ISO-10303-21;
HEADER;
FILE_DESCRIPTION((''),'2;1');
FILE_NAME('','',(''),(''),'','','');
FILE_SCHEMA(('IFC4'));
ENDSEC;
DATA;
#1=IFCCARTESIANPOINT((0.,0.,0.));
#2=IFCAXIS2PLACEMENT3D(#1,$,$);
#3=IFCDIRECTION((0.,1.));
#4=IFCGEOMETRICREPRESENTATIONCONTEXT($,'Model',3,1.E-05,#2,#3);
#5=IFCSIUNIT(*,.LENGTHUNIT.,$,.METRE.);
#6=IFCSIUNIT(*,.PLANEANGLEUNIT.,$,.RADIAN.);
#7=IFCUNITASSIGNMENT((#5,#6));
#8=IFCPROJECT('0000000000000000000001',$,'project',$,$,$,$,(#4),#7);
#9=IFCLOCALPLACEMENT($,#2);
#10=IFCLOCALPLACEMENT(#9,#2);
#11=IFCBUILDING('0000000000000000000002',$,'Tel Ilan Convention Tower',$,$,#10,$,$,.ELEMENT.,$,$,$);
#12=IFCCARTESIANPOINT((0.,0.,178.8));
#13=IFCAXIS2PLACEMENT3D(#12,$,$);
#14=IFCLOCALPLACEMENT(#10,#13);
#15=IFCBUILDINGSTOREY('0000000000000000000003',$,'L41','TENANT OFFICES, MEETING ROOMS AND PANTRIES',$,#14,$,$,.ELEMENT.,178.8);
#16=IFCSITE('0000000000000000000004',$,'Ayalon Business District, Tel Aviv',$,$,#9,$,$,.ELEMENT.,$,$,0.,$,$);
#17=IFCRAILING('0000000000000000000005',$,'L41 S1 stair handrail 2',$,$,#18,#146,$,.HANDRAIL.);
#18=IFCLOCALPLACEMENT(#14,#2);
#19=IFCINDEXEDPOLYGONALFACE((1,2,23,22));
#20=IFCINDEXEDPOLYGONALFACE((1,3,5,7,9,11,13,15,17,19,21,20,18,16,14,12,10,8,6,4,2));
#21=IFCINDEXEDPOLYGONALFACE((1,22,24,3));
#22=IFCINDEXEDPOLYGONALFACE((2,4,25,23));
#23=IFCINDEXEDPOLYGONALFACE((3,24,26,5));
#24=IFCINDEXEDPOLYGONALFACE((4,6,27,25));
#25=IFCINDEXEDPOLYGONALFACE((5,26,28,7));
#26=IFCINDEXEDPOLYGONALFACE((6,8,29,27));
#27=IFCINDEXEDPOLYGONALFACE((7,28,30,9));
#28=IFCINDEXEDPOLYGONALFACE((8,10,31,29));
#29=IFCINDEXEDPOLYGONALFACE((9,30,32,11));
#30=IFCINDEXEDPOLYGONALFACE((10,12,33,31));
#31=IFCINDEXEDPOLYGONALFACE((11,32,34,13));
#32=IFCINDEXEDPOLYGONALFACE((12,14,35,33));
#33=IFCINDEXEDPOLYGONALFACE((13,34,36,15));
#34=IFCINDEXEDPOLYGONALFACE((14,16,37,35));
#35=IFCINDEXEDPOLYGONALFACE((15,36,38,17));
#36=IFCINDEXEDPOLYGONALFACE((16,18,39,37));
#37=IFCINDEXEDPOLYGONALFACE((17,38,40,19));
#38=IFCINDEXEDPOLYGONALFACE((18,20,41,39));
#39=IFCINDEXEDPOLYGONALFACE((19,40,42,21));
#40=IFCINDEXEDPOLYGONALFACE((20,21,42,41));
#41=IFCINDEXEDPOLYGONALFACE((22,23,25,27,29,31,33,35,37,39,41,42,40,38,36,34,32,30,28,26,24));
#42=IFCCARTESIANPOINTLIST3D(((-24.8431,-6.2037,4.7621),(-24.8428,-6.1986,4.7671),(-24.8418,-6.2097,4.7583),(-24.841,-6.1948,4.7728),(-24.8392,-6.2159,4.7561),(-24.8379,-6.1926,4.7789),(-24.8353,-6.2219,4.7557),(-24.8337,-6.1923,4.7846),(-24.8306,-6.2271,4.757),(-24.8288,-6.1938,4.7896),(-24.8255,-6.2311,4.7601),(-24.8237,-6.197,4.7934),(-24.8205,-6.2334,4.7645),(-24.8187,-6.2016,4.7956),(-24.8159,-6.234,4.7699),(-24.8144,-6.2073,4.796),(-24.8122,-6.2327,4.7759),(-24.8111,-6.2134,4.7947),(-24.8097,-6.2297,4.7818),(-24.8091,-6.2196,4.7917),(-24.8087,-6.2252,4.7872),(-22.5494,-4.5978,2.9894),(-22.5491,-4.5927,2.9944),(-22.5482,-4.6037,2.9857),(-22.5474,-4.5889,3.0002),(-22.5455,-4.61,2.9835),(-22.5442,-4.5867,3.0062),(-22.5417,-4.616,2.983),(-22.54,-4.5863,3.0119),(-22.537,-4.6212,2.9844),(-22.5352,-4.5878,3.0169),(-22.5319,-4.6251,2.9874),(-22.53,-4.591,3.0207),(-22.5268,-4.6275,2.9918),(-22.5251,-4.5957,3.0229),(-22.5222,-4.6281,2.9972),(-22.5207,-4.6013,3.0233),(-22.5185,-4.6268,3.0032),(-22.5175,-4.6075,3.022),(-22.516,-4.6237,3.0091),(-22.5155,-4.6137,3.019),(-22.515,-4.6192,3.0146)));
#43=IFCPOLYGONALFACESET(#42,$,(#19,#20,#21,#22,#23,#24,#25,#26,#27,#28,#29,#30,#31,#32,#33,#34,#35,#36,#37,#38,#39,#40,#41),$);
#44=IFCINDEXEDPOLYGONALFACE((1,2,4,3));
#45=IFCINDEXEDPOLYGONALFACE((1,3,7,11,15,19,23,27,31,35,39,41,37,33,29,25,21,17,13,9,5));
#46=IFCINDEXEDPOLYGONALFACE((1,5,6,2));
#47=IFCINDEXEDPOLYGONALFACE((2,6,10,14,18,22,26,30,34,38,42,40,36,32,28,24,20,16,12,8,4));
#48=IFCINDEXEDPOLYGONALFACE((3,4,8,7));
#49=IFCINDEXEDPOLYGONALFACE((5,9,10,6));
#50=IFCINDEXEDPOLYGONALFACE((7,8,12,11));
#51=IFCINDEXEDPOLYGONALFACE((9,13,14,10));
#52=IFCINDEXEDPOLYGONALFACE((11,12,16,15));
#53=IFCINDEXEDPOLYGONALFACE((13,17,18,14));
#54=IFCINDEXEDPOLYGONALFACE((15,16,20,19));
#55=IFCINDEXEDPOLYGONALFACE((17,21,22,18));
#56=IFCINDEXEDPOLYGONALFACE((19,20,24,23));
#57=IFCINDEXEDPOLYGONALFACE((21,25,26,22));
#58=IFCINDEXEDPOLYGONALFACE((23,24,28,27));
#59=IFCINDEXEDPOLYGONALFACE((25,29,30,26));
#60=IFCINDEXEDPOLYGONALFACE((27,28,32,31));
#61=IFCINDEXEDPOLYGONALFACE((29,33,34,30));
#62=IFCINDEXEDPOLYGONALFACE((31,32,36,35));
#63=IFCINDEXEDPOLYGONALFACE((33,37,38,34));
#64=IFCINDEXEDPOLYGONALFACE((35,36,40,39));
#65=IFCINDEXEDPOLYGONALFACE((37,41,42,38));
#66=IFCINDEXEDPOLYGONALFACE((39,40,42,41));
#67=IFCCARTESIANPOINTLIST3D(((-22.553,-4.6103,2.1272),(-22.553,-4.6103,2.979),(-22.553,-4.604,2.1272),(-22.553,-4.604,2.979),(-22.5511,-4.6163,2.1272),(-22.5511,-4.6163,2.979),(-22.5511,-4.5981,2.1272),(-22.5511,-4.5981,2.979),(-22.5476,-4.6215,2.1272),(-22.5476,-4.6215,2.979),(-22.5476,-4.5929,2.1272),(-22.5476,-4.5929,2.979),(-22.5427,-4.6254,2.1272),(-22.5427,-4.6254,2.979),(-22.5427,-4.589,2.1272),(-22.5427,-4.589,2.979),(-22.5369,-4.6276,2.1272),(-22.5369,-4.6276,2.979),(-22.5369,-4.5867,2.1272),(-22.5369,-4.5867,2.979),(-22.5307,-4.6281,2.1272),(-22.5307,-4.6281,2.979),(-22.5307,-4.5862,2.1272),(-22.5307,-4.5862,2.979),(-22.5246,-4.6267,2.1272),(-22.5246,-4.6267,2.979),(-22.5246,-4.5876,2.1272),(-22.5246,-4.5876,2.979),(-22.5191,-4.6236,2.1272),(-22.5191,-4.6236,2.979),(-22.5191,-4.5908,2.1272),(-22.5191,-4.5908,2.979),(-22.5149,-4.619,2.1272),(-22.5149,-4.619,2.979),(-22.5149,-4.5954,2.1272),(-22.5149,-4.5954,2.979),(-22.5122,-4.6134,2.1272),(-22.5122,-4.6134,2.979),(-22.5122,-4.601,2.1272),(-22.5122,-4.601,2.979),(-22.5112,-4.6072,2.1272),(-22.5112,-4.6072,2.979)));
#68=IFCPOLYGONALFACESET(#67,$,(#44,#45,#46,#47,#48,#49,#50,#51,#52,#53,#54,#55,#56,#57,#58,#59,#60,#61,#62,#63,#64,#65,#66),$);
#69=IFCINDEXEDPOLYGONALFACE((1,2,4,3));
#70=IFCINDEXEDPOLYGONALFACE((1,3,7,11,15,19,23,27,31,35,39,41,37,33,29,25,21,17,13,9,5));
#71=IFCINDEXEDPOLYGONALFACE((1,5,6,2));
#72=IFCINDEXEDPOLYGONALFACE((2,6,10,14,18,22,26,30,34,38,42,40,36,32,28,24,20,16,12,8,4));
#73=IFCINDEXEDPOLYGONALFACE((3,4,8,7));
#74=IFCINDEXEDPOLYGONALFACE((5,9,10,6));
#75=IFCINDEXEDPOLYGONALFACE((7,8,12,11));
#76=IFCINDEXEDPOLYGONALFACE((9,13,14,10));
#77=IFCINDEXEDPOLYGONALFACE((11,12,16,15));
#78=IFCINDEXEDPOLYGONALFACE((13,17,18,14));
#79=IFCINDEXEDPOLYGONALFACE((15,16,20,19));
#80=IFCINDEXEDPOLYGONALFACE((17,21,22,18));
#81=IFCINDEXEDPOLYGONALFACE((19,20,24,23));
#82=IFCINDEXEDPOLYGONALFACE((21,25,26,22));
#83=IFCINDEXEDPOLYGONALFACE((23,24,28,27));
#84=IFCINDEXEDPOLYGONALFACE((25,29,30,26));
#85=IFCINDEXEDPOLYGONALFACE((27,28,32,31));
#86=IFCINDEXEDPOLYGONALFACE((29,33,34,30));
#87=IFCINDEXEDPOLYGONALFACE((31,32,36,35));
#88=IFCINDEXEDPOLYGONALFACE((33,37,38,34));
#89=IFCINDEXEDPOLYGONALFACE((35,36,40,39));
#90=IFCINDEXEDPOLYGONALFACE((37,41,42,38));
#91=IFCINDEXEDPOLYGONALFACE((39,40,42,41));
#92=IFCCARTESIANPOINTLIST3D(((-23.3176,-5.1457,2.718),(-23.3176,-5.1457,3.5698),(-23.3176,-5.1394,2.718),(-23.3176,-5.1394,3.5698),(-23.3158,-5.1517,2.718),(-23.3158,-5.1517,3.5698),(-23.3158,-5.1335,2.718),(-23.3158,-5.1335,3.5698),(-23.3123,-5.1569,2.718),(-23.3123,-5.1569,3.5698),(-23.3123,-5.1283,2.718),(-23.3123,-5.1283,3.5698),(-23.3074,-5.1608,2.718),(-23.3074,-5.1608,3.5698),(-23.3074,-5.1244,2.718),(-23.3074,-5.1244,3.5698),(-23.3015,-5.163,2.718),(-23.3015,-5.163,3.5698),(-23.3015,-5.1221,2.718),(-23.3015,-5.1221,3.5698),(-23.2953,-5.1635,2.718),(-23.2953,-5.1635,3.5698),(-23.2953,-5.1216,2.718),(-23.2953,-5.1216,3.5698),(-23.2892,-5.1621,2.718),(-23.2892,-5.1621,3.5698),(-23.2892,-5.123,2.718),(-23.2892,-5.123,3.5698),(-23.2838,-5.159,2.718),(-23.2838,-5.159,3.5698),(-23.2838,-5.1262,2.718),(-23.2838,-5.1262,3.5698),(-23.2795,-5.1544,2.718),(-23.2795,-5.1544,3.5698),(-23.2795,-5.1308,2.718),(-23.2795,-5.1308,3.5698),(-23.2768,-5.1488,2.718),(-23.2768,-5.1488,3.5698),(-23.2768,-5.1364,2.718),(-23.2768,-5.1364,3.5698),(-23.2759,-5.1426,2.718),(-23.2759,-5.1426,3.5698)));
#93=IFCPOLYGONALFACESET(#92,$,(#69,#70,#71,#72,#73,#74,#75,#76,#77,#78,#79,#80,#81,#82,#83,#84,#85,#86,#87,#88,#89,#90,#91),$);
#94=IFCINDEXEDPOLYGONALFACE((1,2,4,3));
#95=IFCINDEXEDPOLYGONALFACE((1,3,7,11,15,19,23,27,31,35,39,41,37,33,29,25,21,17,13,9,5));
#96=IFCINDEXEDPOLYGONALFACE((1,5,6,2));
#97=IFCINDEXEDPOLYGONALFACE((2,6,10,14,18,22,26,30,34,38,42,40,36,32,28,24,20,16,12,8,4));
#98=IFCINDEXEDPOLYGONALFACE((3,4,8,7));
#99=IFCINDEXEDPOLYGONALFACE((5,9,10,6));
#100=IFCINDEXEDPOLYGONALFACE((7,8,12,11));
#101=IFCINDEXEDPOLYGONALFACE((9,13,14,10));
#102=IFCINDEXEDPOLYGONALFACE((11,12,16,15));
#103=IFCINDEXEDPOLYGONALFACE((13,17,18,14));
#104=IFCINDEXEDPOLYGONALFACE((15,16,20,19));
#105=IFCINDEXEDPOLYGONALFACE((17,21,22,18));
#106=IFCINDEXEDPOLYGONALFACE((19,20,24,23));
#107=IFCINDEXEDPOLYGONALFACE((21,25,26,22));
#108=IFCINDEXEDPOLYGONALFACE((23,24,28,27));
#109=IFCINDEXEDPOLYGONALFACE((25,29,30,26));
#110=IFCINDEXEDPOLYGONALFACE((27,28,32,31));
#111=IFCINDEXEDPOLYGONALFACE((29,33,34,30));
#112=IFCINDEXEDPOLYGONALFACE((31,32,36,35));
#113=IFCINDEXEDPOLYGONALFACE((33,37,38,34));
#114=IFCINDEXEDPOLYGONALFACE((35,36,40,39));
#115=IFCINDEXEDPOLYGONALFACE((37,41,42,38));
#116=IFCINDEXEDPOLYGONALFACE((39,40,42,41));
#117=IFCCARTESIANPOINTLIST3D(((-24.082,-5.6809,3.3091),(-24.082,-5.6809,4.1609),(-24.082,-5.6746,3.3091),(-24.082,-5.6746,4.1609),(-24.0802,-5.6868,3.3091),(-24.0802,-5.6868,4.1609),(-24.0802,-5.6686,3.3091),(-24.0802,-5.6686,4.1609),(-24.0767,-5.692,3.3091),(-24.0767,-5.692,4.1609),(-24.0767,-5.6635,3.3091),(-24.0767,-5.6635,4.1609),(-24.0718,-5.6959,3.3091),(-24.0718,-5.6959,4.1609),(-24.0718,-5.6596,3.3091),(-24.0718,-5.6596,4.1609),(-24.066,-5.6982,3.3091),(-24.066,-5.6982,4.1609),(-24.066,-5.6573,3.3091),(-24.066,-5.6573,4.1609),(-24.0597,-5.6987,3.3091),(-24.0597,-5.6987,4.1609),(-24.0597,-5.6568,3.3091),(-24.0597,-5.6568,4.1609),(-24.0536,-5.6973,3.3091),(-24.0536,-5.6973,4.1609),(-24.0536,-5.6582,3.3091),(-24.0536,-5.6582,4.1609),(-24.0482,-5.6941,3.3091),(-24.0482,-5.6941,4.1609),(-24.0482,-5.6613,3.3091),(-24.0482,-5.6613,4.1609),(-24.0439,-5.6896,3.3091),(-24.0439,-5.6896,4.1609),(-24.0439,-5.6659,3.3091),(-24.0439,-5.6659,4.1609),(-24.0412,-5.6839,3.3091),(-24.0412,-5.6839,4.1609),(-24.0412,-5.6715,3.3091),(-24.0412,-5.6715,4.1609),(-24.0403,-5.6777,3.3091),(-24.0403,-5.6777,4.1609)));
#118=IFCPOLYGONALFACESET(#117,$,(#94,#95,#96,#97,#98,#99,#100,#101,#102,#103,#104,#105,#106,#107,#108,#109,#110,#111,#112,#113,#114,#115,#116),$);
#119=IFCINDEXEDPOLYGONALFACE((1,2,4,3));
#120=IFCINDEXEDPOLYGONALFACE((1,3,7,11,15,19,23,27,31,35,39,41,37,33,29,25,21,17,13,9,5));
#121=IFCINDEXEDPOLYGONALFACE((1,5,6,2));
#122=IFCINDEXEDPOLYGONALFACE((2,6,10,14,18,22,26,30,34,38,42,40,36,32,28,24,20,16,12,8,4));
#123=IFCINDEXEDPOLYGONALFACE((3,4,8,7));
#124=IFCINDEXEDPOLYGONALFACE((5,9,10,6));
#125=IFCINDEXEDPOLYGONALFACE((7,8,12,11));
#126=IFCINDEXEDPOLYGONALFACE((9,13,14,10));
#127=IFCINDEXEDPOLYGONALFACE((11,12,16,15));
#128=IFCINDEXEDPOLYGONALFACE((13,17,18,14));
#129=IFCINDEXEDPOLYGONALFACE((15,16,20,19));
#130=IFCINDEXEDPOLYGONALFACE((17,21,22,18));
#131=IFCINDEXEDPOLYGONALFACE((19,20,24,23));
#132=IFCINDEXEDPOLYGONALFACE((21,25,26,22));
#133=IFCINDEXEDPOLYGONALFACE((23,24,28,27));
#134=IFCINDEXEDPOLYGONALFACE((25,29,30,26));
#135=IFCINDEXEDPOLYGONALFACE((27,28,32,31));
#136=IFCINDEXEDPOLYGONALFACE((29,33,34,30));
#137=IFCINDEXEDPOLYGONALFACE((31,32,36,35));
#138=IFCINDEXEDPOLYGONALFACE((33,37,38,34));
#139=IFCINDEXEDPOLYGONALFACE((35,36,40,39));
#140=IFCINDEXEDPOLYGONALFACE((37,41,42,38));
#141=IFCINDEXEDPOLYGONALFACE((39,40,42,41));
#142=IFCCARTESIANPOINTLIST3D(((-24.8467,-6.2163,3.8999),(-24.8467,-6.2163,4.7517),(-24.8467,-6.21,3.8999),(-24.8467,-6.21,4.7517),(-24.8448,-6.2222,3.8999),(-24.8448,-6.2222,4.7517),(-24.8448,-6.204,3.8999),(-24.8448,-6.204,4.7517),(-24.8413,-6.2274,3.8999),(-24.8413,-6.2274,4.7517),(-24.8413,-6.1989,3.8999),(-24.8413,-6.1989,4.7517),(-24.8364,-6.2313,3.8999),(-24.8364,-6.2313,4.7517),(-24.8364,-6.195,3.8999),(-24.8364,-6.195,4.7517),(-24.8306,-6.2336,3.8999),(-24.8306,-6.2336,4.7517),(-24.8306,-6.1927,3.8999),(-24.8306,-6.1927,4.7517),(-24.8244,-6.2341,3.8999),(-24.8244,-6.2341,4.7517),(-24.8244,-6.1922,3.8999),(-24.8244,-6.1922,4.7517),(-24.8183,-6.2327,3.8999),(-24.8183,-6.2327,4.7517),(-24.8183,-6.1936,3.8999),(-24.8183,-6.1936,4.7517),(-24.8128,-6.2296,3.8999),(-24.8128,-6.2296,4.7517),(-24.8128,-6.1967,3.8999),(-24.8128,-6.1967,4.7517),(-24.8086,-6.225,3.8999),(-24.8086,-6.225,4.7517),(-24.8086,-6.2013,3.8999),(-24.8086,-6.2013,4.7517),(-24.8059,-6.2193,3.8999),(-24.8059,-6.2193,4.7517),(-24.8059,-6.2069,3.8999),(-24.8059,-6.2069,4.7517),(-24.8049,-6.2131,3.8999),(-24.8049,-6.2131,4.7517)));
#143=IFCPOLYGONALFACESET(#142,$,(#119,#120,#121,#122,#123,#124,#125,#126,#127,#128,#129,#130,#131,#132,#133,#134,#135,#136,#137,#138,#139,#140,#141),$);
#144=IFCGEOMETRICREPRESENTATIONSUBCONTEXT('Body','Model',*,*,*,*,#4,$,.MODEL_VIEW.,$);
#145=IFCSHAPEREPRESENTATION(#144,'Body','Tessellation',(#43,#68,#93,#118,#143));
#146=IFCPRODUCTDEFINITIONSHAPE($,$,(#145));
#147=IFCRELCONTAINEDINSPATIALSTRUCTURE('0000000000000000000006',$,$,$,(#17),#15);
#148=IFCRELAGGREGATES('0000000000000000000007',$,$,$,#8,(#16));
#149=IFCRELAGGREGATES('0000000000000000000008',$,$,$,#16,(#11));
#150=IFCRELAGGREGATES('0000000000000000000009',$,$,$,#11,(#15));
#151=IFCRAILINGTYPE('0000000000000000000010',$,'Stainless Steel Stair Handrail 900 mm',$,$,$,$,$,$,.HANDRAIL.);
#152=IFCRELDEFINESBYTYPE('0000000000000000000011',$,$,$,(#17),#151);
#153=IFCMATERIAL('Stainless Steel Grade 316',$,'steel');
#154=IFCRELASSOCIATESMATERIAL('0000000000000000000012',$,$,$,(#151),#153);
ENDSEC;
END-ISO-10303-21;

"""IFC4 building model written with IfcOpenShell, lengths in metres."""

from ifc_helpers import new_model, si_unit, direction, frame, origin, origin_2d, place, context, subcontext, project, spatial, circle, extrude, material, type_object, element, save


model = new_model("IFC4")

# Units and contexts
model_context = context("Model", 3, precision=1e-05, world=origin(), true_north=direction((0.0, 1.0)))
body_context = subcontext(model_context, "Body", "Model", "MODEL_VIEW")
ifc_project = project(units=[si_unit("LENGTHUNIT", "METRE"), si_unit("PLANEANGLEUNIT", "RADIAN")], contexts=[model_context])

# Site, building, storey
site_placement = place(None, origin())
site = spatial("IfcSite", under=ifc_project, at=site_placement, Name="Ayalon Business District, Tel Aviv", CompositionType="ELEMENT", RefElevation=0.0)
building_placement = place(site_placement, origin())
building = spatial("IfcBuilding", under=site, at=building_placement, Name="Tel Ilan Convention Tower", CompositionType="ELEMENT")
storey_placement = place(building_placement, frame((0.0, 0.0, 178.8)))
storey = spatial("IfcBuildingStorey", under=building, at=storey_placement, Name="L41", Description="TENANT OFFICES, MEETING ROOMS AND PANTRIES", CompositionType="ELEMENT", Elevation=178.8)

# Railing
ifc_material_1 = material(Name="Stainless Steel Grade 316", Category="steel")
railing_type_1 = type_object("IfcRailingType", Name="Stainless Steel Stair Handrail 900 mm", PredefinedType="HANDRAIL", material=ifc_material_1)
railing_1_placement = place(storey_placement, frame((-22.5322, -4.6072, 2.1272)))
element("IfcRailing", 1, at=railing_1_placement, inside=storey, type_object=railing_type_1, Name="L41 S1 stair handrail 2", PredefinedType="HANDRAIL", context=body_context, shape_type="SweptSolid", body=[
    extrude(circle(Radius=0.0239, at=origin_2d()), frame((0.0, 0.0, 0.876), z_axis=(-0.692123, -0.484597, 0.534913), x_axis=(0.57355, -0.81917, 0.0)), (0.0, 0.0, 1.0), 3.314),
    extrude(circle(Radius=0.021, at=origin_2d()), origin(), (0.0, 0.0, 1.0), 0.8518),
    extrude(circle(Radius=0.021, at=origin_2d()), frame((-0.7646, -0.5354, 0.5908)), (0.0, 0.0, 1.0), 0.8518),
    extrude(circle(Radius=0.021, at=origin_2d()), frame((-1.5291, -1.0706, 1.1819)), (0.0, 0.0, 1.0), 0.8518),
    extrude(circle(Radius=0.021, at=origin_2d()), frame((-2.2937, -1.606, 1.7727)), (0.0, 0.0, 1.0), 0.8518),
])

save(model, "model.ifc")
